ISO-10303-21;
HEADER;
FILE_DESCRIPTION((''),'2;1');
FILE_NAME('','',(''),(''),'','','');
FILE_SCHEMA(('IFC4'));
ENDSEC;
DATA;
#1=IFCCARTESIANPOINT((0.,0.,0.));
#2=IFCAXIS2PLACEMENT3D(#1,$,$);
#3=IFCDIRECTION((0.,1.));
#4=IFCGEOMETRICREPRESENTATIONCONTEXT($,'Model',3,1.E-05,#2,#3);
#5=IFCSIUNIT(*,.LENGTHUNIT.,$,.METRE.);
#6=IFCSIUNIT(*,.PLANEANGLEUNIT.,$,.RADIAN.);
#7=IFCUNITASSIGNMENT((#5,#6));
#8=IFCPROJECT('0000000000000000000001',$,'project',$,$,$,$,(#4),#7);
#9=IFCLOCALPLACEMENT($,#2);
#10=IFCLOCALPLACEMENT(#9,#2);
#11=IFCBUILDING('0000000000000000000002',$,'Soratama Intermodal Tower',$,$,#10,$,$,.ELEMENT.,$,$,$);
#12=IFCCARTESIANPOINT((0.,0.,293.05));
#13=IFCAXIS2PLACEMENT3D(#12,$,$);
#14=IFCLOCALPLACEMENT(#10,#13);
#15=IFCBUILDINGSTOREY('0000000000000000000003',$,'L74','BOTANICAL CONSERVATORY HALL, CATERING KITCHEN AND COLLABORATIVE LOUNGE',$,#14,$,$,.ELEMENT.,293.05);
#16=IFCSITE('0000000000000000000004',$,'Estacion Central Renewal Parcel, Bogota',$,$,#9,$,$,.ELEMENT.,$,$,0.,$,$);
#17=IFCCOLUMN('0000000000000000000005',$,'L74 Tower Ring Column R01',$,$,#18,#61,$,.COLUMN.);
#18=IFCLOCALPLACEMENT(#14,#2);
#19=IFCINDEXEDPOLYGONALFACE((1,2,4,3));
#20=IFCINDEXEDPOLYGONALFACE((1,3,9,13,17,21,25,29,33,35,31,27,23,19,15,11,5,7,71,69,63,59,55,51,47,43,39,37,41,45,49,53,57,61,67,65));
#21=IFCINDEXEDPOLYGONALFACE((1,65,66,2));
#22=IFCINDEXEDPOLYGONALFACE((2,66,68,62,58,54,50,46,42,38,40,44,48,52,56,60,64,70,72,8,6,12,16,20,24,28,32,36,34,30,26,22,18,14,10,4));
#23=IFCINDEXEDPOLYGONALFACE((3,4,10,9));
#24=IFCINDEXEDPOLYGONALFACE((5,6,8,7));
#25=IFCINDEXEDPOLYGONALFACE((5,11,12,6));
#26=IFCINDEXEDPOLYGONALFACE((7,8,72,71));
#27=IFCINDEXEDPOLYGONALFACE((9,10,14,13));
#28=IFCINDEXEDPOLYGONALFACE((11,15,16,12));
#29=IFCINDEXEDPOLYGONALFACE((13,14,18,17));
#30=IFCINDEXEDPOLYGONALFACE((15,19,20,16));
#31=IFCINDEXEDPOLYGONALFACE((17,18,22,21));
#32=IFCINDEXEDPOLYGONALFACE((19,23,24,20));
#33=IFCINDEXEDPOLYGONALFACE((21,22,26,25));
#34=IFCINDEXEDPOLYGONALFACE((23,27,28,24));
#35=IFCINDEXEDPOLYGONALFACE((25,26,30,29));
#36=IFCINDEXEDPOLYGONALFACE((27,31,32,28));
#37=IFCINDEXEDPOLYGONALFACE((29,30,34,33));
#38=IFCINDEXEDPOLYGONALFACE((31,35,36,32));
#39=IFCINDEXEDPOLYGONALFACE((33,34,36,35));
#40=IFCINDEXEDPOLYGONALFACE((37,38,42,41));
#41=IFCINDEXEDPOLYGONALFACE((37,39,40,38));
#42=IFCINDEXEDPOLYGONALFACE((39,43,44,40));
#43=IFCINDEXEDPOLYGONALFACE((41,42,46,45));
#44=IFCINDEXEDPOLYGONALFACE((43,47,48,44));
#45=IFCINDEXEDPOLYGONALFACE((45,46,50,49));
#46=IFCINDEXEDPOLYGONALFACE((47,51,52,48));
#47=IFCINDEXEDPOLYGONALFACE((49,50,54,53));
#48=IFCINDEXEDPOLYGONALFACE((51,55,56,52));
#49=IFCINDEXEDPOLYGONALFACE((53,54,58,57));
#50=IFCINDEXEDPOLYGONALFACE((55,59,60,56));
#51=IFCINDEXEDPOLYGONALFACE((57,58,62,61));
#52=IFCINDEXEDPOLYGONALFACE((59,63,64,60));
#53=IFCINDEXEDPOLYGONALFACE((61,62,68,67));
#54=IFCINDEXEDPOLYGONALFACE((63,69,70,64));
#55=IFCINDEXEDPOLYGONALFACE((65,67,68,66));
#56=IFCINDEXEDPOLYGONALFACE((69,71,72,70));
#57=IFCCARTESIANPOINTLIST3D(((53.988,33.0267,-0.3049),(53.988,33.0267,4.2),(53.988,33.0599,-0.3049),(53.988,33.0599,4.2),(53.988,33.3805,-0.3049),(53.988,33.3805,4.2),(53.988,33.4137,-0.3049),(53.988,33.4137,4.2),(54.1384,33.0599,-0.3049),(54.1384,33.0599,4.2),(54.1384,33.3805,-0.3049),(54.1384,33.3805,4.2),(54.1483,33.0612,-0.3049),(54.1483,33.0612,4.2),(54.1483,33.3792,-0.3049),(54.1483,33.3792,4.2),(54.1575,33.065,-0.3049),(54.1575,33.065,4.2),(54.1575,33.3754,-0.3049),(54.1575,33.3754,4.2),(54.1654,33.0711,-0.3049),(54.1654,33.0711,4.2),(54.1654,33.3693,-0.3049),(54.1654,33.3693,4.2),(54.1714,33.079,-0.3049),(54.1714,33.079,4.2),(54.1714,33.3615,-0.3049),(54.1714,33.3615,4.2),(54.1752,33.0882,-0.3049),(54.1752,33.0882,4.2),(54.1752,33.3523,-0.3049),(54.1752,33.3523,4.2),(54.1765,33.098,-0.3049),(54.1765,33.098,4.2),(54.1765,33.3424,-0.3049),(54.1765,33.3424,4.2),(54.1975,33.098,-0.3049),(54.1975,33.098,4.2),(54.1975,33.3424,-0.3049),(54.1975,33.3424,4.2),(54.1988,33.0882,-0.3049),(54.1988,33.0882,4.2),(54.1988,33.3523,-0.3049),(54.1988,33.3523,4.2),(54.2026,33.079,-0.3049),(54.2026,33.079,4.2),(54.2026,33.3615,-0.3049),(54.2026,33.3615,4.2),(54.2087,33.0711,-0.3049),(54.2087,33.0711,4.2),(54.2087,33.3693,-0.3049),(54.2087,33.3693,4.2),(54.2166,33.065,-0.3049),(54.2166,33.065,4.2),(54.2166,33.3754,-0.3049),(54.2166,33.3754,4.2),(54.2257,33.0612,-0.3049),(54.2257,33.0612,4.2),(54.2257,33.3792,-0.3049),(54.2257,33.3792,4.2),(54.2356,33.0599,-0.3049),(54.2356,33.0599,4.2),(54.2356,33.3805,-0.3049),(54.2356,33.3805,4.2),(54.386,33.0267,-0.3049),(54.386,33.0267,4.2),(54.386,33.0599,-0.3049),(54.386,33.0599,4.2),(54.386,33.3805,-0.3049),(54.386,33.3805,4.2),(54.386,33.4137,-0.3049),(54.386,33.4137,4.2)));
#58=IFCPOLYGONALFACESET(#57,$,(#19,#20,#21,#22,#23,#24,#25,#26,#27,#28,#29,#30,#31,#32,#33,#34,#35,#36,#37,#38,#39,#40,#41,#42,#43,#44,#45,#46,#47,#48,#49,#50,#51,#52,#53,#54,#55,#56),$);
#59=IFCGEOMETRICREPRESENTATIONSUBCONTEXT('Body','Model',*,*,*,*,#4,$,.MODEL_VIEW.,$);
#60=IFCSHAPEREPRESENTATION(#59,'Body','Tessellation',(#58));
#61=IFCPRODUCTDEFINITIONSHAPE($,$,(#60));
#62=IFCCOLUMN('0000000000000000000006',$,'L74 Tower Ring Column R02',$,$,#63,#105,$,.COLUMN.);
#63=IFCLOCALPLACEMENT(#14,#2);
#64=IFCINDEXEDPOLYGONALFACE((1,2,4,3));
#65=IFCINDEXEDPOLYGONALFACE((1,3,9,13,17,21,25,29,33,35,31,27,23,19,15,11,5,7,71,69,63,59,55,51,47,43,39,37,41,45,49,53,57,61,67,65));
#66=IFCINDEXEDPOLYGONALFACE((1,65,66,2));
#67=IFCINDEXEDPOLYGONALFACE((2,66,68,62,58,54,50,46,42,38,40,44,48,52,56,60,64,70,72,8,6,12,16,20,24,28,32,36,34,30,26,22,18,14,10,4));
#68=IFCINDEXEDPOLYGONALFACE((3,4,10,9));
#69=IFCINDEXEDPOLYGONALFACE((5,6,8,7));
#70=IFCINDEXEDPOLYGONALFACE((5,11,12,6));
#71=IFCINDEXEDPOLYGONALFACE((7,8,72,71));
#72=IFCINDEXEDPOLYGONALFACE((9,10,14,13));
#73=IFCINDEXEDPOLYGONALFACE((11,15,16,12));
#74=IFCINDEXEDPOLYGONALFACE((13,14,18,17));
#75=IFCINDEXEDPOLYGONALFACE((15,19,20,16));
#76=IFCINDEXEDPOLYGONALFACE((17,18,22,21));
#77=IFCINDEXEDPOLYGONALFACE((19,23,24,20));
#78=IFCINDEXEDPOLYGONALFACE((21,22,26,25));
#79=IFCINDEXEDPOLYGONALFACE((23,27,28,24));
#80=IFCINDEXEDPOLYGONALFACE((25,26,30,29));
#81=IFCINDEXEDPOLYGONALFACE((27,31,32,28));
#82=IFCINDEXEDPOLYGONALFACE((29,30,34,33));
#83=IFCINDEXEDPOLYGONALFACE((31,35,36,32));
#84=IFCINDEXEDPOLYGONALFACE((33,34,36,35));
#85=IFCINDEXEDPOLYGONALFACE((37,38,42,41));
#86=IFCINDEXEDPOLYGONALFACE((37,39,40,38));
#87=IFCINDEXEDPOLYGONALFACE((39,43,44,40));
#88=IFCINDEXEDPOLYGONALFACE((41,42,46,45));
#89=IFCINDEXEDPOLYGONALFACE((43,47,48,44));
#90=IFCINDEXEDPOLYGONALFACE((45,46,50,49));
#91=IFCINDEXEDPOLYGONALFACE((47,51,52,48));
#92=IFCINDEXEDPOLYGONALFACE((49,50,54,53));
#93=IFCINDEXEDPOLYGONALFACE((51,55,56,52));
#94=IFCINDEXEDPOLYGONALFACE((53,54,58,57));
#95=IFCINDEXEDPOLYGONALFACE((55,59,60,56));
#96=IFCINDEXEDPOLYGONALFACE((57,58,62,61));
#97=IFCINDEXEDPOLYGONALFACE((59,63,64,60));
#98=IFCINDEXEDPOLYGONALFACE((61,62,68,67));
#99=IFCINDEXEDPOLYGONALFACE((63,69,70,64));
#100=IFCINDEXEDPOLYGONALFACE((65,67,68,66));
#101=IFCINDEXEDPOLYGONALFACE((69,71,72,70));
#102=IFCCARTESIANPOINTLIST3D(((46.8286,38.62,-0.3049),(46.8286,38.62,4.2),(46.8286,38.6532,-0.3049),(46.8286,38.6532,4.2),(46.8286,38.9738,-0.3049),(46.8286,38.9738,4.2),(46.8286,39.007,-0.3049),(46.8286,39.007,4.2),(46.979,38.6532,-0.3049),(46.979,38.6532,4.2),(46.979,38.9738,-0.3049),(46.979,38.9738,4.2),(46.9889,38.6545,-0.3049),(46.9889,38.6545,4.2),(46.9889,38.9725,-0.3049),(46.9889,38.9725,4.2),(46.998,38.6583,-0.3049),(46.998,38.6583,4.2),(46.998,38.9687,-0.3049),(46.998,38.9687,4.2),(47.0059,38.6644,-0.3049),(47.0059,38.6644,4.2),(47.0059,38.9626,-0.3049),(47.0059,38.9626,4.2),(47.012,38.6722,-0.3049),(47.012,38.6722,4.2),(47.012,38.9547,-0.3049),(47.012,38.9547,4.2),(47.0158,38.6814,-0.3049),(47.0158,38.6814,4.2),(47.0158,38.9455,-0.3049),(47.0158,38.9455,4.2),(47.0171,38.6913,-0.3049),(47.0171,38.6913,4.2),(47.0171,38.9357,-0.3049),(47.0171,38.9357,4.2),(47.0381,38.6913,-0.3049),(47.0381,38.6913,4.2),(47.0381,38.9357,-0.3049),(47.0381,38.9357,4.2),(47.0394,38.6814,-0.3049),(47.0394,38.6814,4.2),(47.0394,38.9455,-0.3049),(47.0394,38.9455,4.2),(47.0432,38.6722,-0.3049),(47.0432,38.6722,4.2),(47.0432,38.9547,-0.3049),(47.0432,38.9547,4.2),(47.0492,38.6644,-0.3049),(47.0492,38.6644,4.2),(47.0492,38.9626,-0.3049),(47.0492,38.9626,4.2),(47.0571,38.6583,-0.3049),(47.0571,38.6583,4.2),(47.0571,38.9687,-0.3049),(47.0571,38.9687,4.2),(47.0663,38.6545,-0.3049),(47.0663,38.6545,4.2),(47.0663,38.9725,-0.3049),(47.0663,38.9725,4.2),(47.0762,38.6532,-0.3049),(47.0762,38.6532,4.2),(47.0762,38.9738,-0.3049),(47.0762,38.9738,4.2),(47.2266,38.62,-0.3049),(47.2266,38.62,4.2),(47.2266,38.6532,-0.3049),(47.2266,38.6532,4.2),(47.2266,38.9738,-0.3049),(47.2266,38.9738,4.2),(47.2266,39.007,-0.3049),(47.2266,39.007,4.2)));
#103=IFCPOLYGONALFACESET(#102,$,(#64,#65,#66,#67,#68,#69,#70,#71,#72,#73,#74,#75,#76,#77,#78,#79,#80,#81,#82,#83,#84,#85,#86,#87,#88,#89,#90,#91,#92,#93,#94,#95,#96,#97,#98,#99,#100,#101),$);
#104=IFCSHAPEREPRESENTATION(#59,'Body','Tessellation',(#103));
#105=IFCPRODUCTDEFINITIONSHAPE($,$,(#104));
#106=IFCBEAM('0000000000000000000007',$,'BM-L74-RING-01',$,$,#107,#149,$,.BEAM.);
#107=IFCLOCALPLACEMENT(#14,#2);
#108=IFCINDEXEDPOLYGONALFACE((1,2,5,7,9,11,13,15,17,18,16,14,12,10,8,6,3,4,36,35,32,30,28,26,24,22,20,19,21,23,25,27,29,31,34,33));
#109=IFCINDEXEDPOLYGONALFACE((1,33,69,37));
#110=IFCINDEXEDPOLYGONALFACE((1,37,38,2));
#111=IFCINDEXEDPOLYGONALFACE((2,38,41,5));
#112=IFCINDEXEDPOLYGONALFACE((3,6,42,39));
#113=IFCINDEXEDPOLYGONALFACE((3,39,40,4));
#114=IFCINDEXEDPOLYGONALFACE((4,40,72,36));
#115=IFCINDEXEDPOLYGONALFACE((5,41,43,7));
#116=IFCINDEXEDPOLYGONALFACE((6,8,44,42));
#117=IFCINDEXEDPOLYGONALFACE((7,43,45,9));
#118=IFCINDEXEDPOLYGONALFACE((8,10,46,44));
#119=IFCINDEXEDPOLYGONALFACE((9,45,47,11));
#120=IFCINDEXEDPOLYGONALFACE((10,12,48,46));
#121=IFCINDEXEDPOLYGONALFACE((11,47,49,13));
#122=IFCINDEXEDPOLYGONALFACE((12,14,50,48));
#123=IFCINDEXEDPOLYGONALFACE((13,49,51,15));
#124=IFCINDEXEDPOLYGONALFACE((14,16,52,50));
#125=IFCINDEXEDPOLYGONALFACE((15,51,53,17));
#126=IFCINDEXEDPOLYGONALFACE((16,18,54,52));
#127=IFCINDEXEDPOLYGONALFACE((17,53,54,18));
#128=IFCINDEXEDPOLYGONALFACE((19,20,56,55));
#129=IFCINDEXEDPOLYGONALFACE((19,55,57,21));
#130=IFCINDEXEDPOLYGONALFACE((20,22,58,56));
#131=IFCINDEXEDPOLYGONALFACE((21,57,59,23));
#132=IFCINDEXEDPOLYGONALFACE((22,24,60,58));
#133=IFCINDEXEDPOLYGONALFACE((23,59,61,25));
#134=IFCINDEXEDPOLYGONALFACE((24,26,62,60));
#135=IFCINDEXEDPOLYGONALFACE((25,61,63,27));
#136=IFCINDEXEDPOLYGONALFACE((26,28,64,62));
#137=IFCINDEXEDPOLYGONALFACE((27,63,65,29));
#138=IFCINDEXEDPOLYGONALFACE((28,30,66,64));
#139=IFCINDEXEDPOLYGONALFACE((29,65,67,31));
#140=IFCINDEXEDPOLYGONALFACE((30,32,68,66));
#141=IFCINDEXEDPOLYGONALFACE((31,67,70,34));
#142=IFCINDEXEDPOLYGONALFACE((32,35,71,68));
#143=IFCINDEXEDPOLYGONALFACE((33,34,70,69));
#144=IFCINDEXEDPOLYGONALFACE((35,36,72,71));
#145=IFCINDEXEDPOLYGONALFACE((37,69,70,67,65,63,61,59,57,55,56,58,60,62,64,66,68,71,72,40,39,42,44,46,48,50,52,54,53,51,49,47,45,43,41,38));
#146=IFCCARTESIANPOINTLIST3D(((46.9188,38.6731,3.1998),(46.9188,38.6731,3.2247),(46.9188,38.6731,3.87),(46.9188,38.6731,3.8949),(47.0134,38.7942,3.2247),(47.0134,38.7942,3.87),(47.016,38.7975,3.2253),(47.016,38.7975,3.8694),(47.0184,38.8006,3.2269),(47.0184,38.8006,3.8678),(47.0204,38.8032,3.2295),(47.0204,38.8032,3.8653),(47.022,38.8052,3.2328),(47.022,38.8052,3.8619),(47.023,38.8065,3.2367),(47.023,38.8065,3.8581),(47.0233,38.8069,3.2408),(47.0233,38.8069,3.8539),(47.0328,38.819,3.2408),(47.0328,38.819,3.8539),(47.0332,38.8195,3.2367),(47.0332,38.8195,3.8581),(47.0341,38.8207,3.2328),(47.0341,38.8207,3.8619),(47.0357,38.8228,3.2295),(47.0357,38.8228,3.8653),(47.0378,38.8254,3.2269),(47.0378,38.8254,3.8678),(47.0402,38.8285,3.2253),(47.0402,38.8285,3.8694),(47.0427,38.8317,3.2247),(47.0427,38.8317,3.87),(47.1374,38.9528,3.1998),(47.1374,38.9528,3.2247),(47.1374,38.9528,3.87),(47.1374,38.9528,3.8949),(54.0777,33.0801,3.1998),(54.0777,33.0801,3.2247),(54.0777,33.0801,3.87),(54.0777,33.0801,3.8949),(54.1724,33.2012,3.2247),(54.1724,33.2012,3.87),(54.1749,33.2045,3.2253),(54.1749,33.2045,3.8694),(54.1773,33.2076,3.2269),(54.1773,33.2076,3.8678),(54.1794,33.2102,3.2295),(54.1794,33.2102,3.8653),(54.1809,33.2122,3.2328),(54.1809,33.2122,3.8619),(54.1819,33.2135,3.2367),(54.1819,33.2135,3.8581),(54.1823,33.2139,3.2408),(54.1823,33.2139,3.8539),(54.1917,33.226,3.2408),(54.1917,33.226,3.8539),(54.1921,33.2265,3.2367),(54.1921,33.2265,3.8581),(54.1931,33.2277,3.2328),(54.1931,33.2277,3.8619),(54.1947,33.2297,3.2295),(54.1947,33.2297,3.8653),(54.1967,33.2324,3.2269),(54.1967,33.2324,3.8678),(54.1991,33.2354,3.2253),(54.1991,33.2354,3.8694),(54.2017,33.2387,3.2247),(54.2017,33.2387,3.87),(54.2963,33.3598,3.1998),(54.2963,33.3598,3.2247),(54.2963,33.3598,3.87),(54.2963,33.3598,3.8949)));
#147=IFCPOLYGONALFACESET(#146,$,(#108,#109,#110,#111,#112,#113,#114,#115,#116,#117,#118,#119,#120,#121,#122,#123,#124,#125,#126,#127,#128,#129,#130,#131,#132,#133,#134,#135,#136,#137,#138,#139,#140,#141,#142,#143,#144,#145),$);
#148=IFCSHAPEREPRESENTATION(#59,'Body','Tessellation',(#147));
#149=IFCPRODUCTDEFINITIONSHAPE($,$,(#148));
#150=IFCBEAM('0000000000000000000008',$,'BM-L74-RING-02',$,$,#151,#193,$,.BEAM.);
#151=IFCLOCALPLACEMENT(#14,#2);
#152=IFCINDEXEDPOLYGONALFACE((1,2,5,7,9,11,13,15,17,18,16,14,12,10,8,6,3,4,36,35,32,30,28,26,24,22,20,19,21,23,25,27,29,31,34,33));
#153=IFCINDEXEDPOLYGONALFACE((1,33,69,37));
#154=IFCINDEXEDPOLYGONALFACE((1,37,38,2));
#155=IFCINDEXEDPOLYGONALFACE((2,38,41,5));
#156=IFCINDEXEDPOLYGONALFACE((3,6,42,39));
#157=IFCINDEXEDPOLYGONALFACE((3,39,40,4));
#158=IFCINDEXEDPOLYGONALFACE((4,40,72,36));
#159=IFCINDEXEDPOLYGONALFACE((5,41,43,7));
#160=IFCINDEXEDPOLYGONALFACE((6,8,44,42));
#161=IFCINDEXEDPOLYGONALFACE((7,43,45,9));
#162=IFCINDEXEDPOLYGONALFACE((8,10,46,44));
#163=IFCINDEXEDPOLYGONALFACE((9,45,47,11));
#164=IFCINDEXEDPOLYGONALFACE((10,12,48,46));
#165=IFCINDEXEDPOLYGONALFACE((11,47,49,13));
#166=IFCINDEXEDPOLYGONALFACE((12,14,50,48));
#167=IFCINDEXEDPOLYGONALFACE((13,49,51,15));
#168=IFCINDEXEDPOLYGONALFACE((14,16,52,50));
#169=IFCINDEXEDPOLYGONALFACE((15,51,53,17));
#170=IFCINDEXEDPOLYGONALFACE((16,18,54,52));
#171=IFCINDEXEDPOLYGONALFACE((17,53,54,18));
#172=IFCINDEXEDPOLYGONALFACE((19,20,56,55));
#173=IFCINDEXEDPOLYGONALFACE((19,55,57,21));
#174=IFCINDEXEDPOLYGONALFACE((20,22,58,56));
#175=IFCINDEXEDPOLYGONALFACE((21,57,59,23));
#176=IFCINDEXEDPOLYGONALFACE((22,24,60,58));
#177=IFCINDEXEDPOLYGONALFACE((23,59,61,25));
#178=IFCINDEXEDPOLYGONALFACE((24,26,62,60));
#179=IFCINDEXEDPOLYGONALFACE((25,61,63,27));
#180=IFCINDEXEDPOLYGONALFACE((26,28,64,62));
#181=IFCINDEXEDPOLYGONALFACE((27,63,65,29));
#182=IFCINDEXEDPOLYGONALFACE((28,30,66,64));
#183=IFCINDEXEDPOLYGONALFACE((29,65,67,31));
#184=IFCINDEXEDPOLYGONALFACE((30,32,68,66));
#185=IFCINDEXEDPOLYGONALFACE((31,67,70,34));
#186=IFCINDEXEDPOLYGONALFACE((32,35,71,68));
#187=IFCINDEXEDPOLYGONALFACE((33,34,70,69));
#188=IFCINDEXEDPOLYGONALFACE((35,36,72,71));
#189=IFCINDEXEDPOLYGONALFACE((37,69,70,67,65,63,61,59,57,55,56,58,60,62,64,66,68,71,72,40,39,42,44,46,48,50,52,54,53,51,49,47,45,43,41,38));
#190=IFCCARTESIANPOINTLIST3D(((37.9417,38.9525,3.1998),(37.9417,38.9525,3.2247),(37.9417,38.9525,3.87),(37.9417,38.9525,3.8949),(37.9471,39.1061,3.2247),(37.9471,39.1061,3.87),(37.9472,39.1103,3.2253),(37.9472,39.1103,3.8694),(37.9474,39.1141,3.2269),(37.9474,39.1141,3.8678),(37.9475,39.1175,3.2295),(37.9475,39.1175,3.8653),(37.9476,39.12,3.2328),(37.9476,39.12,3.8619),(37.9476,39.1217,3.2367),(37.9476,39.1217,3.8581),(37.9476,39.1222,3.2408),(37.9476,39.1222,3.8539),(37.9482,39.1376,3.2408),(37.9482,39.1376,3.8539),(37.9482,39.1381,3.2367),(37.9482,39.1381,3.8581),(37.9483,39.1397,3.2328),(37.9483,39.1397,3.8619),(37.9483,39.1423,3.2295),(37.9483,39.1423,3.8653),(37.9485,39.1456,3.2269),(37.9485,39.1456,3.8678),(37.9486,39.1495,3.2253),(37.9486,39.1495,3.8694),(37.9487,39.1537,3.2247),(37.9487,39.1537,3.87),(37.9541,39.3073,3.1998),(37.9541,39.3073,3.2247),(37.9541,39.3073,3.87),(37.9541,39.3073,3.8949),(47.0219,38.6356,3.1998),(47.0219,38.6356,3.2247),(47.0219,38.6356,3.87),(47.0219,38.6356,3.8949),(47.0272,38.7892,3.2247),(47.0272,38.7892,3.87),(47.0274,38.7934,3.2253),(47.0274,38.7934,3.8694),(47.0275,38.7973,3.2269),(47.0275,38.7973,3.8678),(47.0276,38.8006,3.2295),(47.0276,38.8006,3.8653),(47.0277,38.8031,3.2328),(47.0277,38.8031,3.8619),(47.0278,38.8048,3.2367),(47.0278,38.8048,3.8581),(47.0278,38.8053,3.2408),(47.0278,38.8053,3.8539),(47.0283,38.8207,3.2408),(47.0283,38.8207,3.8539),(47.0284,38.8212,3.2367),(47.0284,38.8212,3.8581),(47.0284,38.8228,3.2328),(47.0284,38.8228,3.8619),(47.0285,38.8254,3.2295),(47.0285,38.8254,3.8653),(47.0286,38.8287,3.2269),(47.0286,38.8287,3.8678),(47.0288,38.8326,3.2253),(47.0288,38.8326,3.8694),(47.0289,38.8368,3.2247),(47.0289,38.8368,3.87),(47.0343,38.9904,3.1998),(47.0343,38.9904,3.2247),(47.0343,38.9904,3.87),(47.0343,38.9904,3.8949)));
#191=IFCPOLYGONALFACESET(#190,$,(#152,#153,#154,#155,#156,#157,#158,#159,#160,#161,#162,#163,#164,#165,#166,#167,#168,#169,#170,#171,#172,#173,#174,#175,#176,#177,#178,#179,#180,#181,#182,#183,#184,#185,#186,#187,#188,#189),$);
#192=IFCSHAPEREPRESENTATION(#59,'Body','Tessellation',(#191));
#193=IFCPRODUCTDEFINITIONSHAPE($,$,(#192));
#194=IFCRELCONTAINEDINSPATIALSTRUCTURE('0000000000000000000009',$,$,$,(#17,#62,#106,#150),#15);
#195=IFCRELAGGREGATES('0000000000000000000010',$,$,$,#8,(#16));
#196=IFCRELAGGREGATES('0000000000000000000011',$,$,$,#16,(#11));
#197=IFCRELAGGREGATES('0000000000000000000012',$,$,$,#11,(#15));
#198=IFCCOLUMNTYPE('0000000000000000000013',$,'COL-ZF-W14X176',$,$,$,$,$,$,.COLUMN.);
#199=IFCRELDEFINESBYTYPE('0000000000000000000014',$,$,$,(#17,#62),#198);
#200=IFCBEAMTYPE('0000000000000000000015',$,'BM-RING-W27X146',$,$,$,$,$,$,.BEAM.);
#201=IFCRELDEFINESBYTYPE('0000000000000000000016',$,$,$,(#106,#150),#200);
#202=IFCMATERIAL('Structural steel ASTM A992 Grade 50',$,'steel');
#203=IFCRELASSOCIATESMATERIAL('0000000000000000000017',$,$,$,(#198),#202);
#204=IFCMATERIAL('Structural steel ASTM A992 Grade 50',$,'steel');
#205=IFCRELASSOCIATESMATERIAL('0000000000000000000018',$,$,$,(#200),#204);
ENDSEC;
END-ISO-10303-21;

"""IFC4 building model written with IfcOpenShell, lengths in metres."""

from ifc_helpers import new_model, si_unit, direction, frame, origin, origin_2d, place, context, subcontext, project, spatial, i_section, extrude, material, material_profile, profile_set, type_object, element, save


model = new_model("IFC4")

# Units and contexts
model_context = context("Model", 3, precision=1e-05, world=origin(), true_north=direction((0.0, 1.0)))
body_context = subcontext(model_context, "Body", "Model", "MODEL_VIEW")
ifc_project = project(units=[si_unit("LENGTHUNIT", "METRE"), si_unit("PLANEANGLEUNIT", "RADIAN")], contexts=[model_context])

# Site, building, storey
site_placement = place(None, origin())
site = spatial("IfcSite", under=ifc_project, at=site_placement, Name="Estacion Central Renewal Parcel, Bogota", CompositionType="ELEMENT", RefElevation=0.0)
building_placement = place(site_placement, origin())
building = spatial("IfcBuilding", under=site, at=building_placement, Name="Soratama Intermodal Tower", CompositionType="ELEMENT")
storey_placement = place(building_placement, frame((0.0, 0.0, 293.05)))
storey = spatial("IfcBuildingStorey", under=building, at=storey_placement, Name="L74", Description="BOTANICAL CONSERVATORY HALL, CATERING KITCHEN AND COLLABORATIVE LOUNGE", CompositionType="ELEMENT", Elevation=293.05)

# Columns
ifc_material_1 = material(Name="Structural steel ASTM A992 Grade 50", Category="steel")
ifc_material_profile_1 = material_profile(ifc_material_1, i_section(OverallWidth=0.3979, OverallDepth=0.387, WebThickness=0.021, FlangeThickness=0.0332, FilletRadius=0.0381, at=origin_2d()), Name="W14X176")
ifc_profile_set_1 = profile_set([ifc_material_profile_1], Name="Structural steel ASTM A992 Grade 50")
column_type = type_object("IfcColumnType", Name="COL-ZF-W14X176", PredefinedType="COLUMN", material=ifc_profile_set_1)
for number, where, z_axis, x_axis, name in (
    (1, (54.187, 33.2202, -0.3049), (0.0, 0.0, 1.0), (1.0, 0.0, 0.0), "L74 Tower Ring Column R01"),
    (2, (47.0276, 38.8135, -0.3049), (0.0, 0.0, 1.0), (1.0, 0.0, 0.0), "L74 Tower Ring Column R02"),
):
    element("IfcColumn", number, at=place(storey_placement, frame(where, z_axis=z_axis, x_axis=x_axis)), inside=storey, type_object=column_type, Name=name, PredefinedType="COLUMN", context=body_context, shape_type="SweptSolid", body=[
        extrude(i_section(OverallWidth=0.3979, OverallDepth=0.387, WebThickness=0.021, FlangeThickness=0.0332, FilletRadius=0.0381, at=origin_2d()), origin(), (0.0, 0.0, 1.0), 4.5049),
    ])

# Beams
ifc_material_2 = material(Name="Structural steel ASTM A992 Grade 50", Category="steel")
ifc_material_profile_2 = material_profile(ifc_material_2, i_section(OverallWidth=0.355, OverallDepth=0.6951, WebThickness=0.0154, FlangeThickness=0.0249, FilletRadius=0.0161, at=origin_2d()), Name="W27X146")
ifc_profile_set_2 = profile_set([ifc_material_profile_2], Name="Structural steel ASTM A992 Grade 50")
beam_type_1 = type_object("IfcBeamType", Name="BM-RING-W27X146", PredefinedType="BEAM", material=ifc_profile_set_2)
beam_1_placement = place(storey_placement, frame((54.187, 33.22, 3.5474), z_axis=(-0.788019, 0.615651, 0.0), x_axis=(-0.615651, -0.788019, 0.0)))
element("IfcBeam", 3, at=beam_1_placement, inside=storey, type_object=beam_type_1, Name="BM-L74-RING-01", PredefinedType="BEAM", context=body_context, shape_type="SweptSolid", body=[
    extrude(i_section(OverallWidth=0.355, OverallDepth=0.6951, WebThickness=0.0154, FlangeThickness=0.0249, FilletRadius=0.0161, at=origin_2d()), origin(), (0.0, 0.0, 1.0), 9.0847),
])
beam_2_placement = place(storey_placement, frame((47.0281, 38.813, 3.5474), z_axis=(-0.999392, 0.034879, 0.0), x_axis=(-0.034879, -0.999392, 0.0)))
element("IfcBeam", 4, at=beam_2_placement, inside=storey, type_object=beam_type_1, Name="BM-L74-RING-02", PredefinedType="BEAM", context=body_context, shape_type="SweptSolid", body=[
    extrude(i_section(OverallWidth=0.355, OverallDepth=0.6951, WebThickness=0.0154, FlangeThickness=0.0249, FilletRadius=0.0161, at=origin_2d()), origin(), (0.0, 0.0, 1.0), 9.0857),
])

save(model, "model.ifc")
